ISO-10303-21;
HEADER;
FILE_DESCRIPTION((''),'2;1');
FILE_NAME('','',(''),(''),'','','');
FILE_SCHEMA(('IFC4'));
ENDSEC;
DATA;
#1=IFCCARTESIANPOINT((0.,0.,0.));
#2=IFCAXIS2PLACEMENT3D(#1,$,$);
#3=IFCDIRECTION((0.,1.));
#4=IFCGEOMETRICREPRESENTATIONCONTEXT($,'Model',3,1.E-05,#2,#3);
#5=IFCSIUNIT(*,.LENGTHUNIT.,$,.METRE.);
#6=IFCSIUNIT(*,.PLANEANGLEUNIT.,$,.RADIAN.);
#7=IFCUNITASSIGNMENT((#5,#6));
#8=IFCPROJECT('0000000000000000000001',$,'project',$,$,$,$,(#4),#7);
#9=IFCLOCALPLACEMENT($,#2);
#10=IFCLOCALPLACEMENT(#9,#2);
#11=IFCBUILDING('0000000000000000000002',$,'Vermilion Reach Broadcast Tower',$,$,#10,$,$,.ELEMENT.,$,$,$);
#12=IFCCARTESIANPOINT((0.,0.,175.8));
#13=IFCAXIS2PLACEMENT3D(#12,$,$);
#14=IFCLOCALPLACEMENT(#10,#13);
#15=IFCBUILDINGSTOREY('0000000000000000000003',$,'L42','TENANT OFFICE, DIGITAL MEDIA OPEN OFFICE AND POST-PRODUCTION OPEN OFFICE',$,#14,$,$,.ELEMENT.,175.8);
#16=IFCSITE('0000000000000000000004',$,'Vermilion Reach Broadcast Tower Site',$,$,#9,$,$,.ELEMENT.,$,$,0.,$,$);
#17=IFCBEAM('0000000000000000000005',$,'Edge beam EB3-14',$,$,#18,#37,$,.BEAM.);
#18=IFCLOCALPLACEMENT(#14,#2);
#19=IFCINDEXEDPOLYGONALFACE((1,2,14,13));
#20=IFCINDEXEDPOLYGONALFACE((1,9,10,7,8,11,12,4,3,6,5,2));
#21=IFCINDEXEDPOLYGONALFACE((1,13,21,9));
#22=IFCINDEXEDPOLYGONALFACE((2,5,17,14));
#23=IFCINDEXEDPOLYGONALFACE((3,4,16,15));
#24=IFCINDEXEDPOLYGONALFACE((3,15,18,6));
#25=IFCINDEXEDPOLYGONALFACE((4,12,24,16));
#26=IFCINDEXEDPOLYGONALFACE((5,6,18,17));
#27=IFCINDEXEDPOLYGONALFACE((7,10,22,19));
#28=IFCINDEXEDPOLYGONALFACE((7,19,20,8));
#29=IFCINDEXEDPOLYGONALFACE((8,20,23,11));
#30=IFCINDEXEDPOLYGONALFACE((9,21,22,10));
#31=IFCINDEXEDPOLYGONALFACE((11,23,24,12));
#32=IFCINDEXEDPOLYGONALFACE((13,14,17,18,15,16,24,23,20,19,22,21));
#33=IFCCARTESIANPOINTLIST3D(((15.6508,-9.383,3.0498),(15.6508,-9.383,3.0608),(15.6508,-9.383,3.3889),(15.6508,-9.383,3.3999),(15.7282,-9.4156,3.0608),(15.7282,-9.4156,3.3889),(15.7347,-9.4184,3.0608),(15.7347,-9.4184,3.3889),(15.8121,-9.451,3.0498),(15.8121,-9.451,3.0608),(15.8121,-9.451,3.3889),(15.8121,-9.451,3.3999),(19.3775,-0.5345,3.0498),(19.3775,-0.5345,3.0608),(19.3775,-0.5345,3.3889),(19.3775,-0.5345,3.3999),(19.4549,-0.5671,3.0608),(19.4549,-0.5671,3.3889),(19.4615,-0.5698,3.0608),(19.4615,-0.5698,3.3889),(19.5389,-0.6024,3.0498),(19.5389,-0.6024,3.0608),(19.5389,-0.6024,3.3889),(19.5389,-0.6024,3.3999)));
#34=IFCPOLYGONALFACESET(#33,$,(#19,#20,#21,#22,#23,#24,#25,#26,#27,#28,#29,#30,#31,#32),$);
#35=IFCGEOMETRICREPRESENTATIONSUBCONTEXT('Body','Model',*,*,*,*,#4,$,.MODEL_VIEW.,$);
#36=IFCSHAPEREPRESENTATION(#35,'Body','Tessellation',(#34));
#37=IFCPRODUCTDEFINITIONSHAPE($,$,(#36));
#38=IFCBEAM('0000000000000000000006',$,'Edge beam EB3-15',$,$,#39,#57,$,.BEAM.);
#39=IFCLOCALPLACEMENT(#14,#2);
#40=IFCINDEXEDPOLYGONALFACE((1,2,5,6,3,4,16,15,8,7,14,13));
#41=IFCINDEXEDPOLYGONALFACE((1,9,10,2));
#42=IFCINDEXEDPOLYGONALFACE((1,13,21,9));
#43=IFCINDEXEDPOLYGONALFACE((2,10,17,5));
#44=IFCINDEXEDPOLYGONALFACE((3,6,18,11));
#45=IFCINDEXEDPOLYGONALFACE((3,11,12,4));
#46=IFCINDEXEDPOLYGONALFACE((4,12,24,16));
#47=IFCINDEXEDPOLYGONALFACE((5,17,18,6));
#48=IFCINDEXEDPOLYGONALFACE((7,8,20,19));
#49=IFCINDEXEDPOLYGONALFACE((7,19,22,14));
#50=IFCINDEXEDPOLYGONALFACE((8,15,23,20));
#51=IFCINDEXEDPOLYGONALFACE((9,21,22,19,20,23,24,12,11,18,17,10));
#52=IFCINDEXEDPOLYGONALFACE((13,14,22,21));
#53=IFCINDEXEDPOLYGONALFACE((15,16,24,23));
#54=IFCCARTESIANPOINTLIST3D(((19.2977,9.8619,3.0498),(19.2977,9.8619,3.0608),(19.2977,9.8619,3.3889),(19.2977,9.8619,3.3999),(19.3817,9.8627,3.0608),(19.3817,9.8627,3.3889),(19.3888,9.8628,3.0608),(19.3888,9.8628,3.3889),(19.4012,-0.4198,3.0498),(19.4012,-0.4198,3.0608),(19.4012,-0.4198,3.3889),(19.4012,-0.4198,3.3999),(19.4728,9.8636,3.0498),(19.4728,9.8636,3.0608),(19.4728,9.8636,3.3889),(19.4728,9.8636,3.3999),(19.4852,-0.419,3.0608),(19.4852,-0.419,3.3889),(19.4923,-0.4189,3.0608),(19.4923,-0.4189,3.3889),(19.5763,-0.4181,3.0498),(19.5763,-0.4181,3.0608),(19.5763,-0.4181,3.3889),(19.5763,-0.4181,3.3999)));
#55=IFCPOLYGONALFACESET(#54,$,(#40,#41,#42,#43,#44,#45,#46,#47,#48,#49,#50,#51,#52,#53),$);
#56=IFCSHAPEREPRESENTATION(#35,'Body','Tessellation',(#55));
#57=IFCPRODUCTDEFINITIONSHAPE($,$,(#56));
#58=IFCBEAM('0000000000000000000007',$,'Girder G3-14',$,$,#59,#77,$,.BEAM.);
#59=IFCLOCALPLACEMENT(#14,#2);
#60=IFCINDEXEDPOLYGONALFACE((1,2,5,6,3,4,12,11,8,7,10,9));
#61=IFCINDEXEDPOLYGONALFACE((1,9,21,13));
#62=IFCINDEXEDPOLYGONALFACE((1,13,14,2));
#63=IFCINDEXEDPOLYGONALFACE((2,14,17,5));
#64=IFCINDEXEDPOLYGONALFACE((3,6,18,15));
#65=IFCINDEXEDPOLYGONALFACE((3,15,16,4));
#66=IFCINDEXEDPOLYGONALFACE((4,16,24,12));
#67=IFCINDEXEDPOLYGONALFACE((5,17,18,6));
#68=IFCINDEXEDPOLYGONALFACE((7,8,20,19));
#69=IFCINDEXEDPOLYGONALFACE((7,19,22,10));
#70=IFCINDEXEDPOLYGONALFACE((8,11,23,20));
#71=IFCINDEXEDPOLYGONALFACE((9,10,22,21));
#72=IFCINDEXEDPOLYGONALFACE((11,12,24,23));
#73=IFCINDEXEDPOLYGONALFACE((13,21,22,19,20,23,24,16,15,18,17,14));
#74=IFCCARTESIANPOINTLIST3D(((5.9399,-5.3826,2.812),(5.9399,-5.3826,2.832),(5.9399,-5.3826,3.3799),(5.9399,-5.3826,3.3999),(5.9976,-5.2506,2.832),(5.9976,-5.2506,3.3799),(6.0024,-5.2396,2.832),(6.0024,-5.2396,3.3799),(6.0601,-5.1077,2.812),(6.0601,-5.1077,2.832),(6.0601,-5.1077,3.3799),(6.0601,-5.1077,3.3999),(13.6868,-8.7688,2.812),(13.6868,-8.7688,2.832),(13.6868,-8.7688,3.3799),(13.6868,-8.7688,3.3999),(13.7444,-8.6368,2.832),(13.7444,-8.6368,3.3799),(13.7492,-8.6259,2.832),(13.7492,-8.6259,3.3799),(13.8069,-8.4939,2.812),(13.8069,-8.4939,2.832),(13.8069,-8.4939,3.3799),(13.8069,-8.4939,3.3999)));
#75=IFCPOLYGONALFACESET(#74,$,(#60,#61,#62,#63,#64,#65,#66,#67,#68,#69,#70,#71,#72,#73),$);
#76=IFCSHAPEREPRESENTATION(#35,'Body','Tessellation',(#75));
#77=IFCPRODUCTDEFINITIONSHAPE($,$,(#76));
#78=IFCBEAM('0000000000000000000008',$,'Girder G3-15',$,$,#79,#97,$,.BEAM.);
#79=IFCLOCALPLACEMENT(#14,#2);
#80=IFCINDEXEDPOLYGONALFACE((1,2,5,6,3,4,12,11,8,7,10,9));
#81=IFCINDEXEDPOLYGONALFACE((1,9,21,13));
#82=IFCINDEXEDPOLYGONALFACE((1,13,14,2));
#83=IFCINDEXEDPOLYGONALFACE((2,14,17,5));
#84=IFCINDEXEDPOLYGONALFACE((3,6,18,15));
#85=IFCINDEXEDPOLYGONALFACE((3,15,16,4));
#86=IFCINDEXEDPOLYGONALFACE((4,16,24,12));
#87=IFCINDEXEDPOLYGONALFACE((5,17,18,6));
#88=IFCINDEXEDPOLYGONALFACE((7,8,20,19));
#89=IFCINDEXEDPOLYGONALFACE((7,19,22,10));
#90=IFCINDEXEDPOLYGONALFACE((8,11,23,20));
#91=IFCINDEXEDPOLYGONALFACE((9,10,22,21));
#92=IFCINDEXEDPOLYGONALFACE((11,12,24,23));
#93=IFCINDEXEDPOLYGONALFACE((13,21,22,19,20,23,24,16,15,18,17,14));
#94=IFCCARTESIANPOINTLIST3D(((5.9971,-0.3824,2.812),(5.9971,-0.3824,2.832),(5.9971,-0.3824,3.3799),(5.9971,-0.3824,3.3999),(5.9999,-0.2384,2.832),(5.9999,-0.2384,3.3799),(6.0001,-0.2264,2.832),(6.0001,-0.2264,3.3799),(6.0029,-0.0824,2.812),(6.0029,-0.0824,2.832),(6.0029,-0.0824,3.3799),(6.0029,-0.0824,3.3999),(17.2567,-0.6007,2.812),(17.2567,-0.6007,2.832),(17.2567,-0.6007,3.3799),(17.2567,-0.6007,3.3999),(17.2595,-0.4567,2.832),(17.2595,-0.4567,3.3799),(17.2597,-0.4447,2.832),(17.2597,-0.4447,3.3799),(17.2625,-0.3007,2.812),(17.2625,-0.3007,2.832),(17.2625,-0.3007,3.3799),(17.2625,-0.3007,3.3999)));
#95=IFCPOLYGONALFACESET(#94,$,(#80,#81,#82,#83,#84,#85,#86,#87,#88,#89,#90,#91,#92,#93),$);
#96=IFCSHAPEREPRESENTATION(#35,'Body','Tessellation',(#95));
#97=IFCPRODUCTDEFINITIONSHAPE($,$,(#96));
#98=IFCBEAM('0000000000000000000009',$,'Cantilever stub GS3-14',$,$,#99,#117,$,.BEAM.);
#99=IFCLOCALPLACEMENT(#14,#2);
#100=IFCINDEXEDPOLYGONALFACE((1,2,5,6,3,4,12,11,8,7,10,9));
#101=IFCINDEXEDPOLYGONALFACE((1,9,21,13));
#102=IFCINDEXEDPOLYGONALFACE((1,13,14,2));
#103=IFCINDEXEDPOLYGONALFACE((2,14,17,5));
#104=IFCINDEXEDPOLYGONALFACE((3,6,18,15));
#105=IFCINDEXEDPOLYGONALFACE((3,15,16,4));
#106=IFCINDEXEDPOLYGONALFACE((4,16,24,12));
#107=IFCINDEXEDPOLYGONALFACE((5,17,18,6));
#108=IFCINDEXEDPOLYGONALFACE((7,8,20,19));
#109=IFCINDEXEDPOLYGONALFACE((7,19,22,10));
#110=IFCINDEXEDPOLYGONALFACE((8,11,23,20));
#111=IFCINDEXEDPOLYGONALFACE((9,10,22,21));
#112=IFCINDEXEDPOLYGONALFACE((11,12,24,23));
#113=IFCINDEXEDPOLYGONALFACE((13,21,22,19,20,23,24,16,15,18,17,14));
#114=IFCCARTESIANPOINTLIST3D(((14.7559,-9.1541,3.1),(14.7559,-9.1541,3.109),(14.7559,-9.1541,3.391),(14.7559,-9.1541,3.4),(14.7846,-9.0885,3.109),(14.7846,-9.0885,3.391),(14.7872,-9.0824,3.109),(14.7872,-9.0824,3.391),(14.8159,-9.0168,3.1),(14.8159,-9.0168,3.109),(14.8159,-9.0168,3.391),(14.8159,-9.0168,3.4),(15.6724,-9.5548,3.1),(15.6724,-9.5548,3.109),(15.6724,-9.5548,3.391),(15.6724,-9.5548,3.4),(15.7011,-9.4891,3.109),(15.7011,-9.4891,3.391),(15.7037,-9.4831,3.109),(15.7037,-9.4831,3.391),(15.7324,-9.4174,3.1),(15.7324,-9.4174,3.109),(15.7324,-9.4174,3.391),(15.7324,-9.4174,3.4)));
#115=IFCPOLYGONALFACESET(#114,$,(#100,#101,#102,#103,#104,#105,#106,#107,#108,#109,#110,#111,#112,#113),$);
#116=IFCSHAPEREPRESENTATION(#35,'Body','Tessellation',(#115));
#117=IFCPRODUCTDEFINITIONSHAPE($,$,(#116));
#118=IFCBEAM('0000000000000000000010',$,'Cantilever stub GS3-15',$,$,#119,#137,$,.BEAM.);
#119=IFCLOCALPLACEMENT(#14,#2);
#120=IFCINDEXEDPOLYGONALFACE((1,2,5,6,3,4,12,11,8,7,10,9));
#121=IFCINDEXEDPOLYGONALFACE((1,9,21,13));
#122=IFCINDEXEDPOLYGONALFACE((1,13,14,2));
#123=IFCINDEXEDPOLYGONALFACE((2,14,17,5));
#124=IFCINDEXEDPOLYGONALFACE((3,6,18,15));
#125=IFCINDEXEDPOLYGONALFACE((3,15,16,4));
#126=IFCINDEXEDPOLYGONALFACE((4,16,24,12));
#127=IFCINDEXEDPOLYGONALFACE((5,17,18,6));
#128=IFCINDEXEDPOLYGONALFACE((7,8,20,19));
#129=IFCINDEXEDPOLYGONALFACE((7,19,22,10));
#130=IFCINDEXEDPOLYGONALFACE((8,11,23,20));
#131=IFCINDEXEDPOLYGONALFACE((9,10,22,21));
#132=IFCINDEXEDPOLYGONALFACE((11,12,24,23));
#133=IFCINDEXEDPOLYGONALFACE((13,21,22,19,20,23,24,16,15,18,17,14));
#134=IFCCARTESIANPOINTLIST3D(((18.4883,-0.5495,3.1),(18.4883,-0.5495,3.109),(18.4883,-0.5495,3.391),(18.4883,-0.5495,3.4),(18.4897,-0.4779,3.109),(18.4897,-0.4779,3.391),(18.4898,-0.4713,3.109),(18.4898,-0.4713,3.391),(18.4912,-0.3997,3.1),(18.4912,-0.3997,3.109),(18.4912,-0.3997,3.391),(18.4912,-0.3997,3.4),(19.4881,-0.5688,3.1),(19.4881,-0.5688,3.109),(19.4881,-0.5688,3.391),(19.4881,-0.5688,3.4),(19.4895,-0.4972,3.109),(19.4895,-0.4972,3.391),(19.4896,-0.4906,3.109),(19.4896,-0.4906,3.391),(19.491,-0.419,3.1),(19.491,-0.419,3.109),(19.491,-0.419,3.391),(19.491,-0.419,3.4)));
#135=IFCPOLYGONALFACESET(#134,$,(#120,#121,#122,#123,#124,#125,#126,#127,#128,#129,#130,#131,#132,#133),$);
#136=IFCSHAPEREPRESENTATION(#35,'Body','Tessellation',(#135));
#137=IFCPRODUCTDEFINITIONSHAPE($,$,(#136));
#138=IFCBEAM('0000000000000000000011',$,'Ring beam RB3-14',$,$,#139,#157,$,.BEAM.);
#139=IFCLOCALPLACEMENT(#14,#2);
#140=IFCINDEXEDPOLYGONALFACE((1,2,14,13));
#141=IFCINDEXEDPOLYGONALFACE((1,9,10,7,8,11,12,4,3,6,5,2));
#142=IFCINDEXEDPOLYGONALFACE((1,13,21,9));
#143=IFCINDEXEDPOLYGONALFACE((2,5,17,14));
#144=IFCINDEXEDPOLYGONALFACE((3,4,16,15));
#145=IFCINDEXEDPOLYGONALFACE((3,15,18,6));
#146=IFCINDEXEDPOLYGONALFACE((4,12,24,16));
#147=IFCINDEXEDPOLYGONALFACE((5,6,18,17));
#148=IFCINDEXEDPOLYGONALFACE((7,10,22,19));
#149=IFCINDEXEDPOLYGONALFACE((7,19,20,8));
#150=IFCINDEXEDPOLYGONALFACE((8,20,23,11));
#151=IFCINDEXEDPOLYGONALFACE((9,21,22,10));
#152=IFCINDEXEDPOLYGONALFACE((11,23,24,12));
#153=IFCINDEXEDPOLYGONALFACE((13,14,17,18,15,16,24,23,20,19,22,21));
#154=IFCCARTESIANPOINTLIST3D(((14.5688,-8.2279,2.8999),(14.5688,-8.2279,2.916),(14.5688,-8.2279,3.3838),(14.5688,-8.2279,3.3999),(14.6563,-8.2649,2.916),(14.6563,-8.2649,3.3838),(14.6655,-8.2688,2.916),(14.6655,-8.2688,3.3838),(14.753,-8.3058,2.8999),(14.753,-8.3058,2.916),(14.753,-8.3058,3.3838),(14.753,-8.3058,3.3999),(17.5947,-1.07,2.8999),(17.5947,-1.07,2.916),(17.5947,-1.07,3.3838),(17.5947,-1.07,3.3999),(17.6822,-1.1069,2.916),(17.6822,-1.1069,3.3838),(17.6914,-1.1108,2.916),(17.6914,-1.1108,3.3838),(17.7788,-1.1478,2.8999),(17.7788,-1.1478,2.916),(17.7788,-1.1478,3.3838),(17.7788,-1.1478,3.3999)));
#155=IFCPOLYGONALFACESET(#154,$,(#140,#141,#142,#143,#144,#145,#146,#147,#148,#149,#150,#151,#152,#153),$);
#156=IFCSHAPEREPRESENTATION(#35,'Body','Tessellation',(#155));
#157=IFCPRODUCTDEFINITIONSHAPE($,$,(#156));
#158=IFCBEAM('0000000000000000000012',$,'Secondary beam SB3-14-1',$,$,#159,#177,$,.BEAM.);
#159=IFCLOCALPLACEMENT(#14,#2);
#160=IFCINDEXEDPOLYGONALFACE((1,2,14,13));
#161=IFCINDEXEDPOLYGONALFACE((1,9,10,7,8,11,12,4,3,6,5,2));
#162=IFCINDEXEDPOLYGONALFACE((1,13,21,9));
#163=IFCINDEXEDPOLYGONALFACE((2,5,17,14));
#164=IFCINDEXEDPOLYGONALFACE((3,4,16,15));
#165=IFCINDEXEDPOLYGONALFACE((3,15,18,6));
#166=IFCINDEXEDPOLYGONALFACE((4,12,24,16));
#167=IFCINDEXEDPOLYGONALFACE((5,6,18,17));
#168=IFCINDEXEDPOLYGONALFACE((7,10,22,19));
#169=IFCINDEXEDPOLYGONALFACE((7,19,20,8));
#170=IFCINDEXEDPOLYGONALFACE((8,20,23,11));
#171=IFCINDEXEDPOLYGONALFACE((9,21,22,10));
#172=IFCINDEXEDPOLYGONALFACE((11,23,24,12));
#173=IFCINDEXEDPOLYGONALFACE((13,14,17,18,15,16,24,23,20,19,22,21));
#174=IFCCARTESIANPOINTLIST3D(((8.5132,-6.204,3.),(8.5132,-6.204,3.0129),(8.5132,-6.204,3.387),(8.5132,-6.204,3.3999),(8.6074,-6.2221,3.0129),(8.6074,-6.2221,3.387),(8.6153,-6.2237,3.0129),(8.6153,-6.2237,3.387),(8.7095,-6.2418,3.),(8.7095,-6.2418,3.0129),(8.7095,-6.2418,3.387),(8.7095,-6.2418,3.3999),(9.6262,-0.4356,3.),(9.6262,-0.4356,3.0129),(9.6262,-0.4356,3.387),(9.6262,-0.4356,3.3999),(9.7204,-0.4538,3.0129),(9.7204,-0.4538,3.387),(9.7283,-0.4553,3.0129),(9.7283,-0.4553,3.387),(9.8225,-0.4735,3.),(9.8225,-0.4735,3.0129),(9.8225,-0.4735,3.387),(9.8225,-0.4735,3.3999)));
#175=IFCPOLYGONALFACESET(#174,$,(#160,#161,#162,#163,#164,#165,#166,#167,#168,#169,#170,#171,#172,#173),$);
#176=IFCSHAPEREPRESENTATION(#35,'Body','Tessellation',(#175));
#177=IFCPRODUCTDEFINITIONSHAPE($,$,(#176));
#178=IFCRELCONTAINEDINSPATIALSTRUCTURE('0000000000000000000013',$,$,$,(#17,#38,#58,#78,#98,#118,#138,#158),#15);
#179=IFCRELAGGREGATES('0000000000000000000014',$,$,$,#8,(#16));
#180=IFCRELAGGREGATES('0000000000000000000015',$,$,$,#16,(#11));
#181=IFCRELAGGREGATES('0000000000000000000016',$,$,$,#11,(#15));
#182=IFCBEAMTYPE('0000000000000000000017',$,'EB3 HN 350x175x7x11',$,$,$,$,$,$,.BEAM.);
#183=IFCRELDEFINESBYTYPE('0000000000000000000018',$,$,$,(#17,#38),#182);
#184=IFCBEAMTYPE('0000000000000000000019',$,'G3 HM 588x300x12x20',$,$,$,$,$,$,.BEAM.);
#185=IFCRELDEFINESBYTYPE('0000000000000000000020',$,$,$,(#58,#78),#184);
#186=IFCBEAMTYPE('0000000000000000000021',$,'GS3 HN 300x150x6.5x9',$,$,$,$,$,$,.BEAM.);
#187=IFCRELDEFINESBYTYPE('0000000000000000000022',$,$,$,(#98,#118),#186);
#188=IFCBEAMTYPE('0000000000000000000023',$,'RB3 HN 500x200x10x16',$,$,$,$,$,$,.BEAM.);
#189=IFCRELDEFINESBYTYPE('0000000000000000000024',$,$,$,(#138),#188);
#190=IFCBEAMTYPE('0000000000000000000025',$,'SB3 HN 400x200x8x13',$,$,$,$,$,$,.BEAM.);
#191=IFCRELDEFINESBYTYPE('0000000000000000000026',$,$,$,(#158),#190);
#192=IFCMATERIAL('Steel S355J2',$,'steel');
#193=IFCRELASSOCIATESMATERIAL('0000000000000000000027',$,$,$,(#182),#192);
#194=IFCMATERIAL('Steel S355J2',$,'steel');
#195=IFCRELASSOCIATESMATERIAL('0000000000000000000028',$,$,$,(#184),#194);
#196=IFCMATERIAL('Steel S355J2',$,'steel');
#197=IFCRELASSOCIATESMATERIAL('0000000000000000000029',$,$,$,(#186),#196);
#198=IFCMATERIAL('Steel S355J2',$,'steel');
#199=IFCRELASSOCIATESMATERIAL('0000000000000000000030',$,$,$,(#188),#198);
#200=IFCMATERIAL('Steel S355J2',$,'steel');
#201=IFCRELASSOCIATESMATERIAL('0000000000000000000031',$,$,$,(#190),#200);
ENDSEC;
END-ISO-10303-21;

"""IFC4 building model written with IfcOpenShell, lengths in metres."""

from ifc_helpers import new_model, si_unit, direction, frame, origin, origin_2d, place, context, subcontext, project, spatial, i_section, extrude, material, material_profile, profile_set, type_object, element, save


model = new_model("IFC4")

# Units and contexts
model_context = context("Model", 3, precision=1e-05, world=origin(), true_north=direction((0.0, 1.0)))
body_context = subcontext(model_context, "Body", "Model", "MODEL_VIEW")
ifc_project = project(units=[si_unit("LENGTHUNIT", "METRE"), si_unit("PLANEANGLEUNIT", "RADIAN")], contexts=[model_context])

# Site, building, storey
site_placement = place(None, origin())
site = spatial("IfcSite", under=ifc_project, at=site_placement, Name="Vermilion Reach Broadcast Tower Site", CompositionType="ELEMENT", RefElevation=0.0)
building_placement = place(site_placement, origin())
building = spatial("IfcBuilding", under=site, at=building_placement, Name="Vermilion Reach Broadcast Tower", CompositionType="ELEMENT")
storey_placement = place(building_placement, frame((0.0, 0.0, 175.8)))
storey = spatial("IfcBuildingStorey", under=building, at=storey_placement, Name="L42", Description="TENANT OFFICE, DIGITAL MEDIA OPEN OFFICE AND POST-PRODUCTION OPEN OFFICE", CompositionType="ELEMENT", Elevation=175.8)

# Beams
ifc_material_1 = material(Name="Steel S355J2", Category="steel")
ifc_material_profile_1 = material_profile(ifc_material_1, i_section(OverallWidth=0.175, OverallDepth=0.3501, WebThickness=0.0071, FlangeThickness=0.011, at=origin_2d()), Name="S355J2 HN 350x175x7x11")
ifc_profile_set_1 = profile_set([ifc_material_profile_1], Name="Steel S355J2")
beam_type_1 = type_object("IfcBeamType", Name="EB3 HN 350x175x7x11", PredefinedType="BEAM", material=ifc_profile_set_1)
beam_1_placement = place(storey_placement, frame((15.7314, -9.417, 3.2249), z_axis=(0.388151, 0.921596, 0.0), x_axis=(-0.921596, 0.388151, 0.0)))
element("IfcBeam", 1, at=beam_1_placement, inside=storey, type_object=beam_type_1, Name="Edge beam EB3-14", PredefinedType="BEAM", context=body_context, shape_type="SweptSolid", body=[
    extrude(i_section(OverallWidth=0.175, OverallDepth=0.3501, WebThickness=0.0071, FlangeThickness=0.011, at=origin_2d()), origin(), (0.0, 0.0, 1.0), 9.6013),
])
beam_2_placement = place(storey_placement, frame((19.4888, -0.4189, 3.2249), z_axis=(-0.010067, 0.999949, 0.0), x_axis=(-0.999949, -0.010067, 0.0)))
element("IfcBeam", 2, at=beam_2_placement, inside=storey, type_object=beam_type_1, Name="Edge beam EB3-15", PredefinedType="BEAM", context=body_context, shape_type="SweptSolid", body=[
    extrude(i_section(OverallWidth=0.175, OverallDepth=0.3501, WebThickness=0.0071, FlangeThickness=0.011, at=origin_2d()), origin(), (0.0, 0.0, 1.0), 10.2822),
])
ifc_material_2 = material(Name="Steel S355J2", Category="steel")
ifc_material_profile_2 = material_profile(ifc_material_2, i_section(OverallWidth=0.3, OverallDepth=0.5879, WebThickness=0.012, FlangeThickness=0.02, at=origin_2d()), Name="S355J2 HM 588x300x12x20")
ifc_profile_set_2 = profile_set([ifc_material_profile_2], Name="Steel S355J2")
beam_type_2 = type_object("IfcBeamType", Name="G3 HM 588x300x12x20", PredefinedType="BEAM", material=ifc_profile_set_2)
beam_3_placement = place(storey_placement, frame((6.0, -5.2451, 3.106), z_axis=(0.916288, -0.40052, 0.0), x_axis=(0.40052, 0.916288, 0.0)))
element("IfcBeam", 3, at=beam_3_placement, inside=storey, type_object=beam_type_2, Name="Girder G3-14", PredefinedType="BEAM", context=body_context, shape_type="SweptSolid", body=[
    extrude(i_section(OverallWidth=0.3, OverallDepth=0.5879, WebThickness=0.012, FlangeThickness=0.02, at=origin_2d()), origin(), (0.0, 0.0, 1.0), 8.4546),
])
beam_4_placement = place(storey_placement, frame((6.0, -0.2324, 3.106), z_axis=(0.999812, -0.019381, 0.0), x_axis=(0.019381, 0.999812, 0.0)))
element("IfcBeam", 4, at=beam_4_placement, inside=storey, type_object=beam_type_2, Name="Girder G3-15", PredefinedType="BEAM", context=body_context, shape_type="SweptSolid", body=[
    extrude(i_section(OverallWidth=0.3, OverallDepth=0.5879, WebThickness=0.012, FlangeThickness=0.02, at=origin_2d()), origin(), (0.0, 0.0, 1.0), 11.2617),
])
ifc_material_3 = material(Name="Steel S355J2", Category="steel")
ifc_material_profile_3 = material_profile(ifc_material_3, i_section(OverallWidth=0.1499, OverallDepth=0.3, WebThickness=0.0066, FlangeThickness=0.009, at=origin_2d()), Name="S355J2 HN 300x150x6.5x9")
ifc_profile_set_3 = profile_set([ifc_material_profile_3], Name="Steel S355J2")
beam_type_3 = type_object("IfcBeamType", Name="GS3 HN 300x150x6.5x9", PredefinedType="BEAM", material=ifc_profile_set_3)
beam_5_placement = place(storey_placement, frame((14.7859, -9.0854, 3.25), z_axis=(0.916281, -0.400537, 0.0), x_axis=(0.400537, 0.916281, 0.0)))
element("IfcBeam", 5, at=beam_5_placement, inside=storey, type_object=beam_type_3, Name="Cantilever stub GS3-14", PredefinedType="BEAM", context=body_context, shape_type="SweptSolid", body=[
    extrude(i_section(OverallWidth=0.1499, OverallDepth=0.3, WebThickness=0.0066, FlangeThickness=0.009, at=origin_2d()), origin(), (0.0, 0.0, 1.0), 1.0002),
])
beam_6_placement = place(storey_placement, frame((18.4897, -0.4746, 3.25), z_axis=(0.999814, -0.019288, 0.0), x_axis=(0.019288, 0.999814, 0.0)))
element("IfcBeam", 6, at=beam_6_placement, inside=storey, type_object=beam_type_3, Name="Cantilever stub GS3-15", PredefinedType="BEAM", context=body_context, shape_type="SweptSolid", body=[
    extrude(i_section(OverallWidth=0.1499, OverallDepth=0.3, WebThickness=0.0066, FlangeThickness=0.009, at=origin_2d()), origin(), (0.0, 0.0, 1.0), 1.0),
])
ifc_material_4 = material(Name="Steel S355J2", Category="steel")
ifc_material_profile_4 = material_profile(ifc_material_4, i_section(OverallWidth=0.2, OverallDepth=0.5, WebThickness=0.01, FlangeThickness=0.0161, at=origin_2d()), Name="S355J2 HN 500x200x10x16")
ifc_profile_set_4 = profile_set([ifc_material_profile_4], Name="Steel S355J2")
beam_type_4 = type_object("IfcBeamType", Name="RB3 HN 500x200x10x16", PredefinedType="BEAM", material=ifc_profile_set_4)
beam_7_placement = place(storey_placement, frame((14.6609, -8.2668, 3.1499), z_axis=(0.389368, 0.921082, 0.0), x_axis=(-0.921082, 0.389368, 0.0)))
element("IfcBeam", 7, at=beam_7_placement, inside=storey, type_object=beam_type_4, Name="Ring beam RB3-14", PredefinedType="BEAM", context=body_context, shape_type="SweptSolid", body=[
    extrude(i_section(OverallWidth=0.2, OverallDepth=0.5, WebThickness=0.01, FlangeThickness=0.0161, at=origin_2d()), origin(), (0.0, 0.0, 1.0), 7.7712),
])
ifc_material_5 = material(Name="Steel S355J2", Category="steel")
ifc_material_profile_5 = material_profile(ifc_material_5, i_section(OverallWidth=0.2, OverallDepth=0.3999, WebThickness=0.0081, FlangeThickness=0.0129, at=origin_2d()), Name="S355J2 HN 400x200x8x13")
ifc_profile_set_5 = profile_set([ifc_material_profile_5], Name="Steel S355J2")
beam_type_5 = type_object("IfcBeamType", Name="SB3 HN 400x200x8x13", PredefinedType="BEAM", material=ifc_profile_set_5)
beam_8_placement = place(storey_placement, frame((8.6113, -6.2229, 3.2), z_axis=(0.189462, 0.981888, 0.0), x_axis=(-0.981888, 0.189462, 0.0)))
element("IfcBeam", 8, at=beam_8_placement, inside=storey, type_object=beam_type_5, Name="Secondary beam SB3-14-1", PredefinedType="BEAM", context=body_context, shape_type="SweptSolid", body=[
    extrude(i_section(OverallWidth=0.2, OverallDepth=0.3999, WebThickness=0.0081, FlangeThickness=0.0129, at=origin_2d()), origin(), (0.0, 0.0, 1.0), 5.8748),
])

save(model, "model.ifc")
